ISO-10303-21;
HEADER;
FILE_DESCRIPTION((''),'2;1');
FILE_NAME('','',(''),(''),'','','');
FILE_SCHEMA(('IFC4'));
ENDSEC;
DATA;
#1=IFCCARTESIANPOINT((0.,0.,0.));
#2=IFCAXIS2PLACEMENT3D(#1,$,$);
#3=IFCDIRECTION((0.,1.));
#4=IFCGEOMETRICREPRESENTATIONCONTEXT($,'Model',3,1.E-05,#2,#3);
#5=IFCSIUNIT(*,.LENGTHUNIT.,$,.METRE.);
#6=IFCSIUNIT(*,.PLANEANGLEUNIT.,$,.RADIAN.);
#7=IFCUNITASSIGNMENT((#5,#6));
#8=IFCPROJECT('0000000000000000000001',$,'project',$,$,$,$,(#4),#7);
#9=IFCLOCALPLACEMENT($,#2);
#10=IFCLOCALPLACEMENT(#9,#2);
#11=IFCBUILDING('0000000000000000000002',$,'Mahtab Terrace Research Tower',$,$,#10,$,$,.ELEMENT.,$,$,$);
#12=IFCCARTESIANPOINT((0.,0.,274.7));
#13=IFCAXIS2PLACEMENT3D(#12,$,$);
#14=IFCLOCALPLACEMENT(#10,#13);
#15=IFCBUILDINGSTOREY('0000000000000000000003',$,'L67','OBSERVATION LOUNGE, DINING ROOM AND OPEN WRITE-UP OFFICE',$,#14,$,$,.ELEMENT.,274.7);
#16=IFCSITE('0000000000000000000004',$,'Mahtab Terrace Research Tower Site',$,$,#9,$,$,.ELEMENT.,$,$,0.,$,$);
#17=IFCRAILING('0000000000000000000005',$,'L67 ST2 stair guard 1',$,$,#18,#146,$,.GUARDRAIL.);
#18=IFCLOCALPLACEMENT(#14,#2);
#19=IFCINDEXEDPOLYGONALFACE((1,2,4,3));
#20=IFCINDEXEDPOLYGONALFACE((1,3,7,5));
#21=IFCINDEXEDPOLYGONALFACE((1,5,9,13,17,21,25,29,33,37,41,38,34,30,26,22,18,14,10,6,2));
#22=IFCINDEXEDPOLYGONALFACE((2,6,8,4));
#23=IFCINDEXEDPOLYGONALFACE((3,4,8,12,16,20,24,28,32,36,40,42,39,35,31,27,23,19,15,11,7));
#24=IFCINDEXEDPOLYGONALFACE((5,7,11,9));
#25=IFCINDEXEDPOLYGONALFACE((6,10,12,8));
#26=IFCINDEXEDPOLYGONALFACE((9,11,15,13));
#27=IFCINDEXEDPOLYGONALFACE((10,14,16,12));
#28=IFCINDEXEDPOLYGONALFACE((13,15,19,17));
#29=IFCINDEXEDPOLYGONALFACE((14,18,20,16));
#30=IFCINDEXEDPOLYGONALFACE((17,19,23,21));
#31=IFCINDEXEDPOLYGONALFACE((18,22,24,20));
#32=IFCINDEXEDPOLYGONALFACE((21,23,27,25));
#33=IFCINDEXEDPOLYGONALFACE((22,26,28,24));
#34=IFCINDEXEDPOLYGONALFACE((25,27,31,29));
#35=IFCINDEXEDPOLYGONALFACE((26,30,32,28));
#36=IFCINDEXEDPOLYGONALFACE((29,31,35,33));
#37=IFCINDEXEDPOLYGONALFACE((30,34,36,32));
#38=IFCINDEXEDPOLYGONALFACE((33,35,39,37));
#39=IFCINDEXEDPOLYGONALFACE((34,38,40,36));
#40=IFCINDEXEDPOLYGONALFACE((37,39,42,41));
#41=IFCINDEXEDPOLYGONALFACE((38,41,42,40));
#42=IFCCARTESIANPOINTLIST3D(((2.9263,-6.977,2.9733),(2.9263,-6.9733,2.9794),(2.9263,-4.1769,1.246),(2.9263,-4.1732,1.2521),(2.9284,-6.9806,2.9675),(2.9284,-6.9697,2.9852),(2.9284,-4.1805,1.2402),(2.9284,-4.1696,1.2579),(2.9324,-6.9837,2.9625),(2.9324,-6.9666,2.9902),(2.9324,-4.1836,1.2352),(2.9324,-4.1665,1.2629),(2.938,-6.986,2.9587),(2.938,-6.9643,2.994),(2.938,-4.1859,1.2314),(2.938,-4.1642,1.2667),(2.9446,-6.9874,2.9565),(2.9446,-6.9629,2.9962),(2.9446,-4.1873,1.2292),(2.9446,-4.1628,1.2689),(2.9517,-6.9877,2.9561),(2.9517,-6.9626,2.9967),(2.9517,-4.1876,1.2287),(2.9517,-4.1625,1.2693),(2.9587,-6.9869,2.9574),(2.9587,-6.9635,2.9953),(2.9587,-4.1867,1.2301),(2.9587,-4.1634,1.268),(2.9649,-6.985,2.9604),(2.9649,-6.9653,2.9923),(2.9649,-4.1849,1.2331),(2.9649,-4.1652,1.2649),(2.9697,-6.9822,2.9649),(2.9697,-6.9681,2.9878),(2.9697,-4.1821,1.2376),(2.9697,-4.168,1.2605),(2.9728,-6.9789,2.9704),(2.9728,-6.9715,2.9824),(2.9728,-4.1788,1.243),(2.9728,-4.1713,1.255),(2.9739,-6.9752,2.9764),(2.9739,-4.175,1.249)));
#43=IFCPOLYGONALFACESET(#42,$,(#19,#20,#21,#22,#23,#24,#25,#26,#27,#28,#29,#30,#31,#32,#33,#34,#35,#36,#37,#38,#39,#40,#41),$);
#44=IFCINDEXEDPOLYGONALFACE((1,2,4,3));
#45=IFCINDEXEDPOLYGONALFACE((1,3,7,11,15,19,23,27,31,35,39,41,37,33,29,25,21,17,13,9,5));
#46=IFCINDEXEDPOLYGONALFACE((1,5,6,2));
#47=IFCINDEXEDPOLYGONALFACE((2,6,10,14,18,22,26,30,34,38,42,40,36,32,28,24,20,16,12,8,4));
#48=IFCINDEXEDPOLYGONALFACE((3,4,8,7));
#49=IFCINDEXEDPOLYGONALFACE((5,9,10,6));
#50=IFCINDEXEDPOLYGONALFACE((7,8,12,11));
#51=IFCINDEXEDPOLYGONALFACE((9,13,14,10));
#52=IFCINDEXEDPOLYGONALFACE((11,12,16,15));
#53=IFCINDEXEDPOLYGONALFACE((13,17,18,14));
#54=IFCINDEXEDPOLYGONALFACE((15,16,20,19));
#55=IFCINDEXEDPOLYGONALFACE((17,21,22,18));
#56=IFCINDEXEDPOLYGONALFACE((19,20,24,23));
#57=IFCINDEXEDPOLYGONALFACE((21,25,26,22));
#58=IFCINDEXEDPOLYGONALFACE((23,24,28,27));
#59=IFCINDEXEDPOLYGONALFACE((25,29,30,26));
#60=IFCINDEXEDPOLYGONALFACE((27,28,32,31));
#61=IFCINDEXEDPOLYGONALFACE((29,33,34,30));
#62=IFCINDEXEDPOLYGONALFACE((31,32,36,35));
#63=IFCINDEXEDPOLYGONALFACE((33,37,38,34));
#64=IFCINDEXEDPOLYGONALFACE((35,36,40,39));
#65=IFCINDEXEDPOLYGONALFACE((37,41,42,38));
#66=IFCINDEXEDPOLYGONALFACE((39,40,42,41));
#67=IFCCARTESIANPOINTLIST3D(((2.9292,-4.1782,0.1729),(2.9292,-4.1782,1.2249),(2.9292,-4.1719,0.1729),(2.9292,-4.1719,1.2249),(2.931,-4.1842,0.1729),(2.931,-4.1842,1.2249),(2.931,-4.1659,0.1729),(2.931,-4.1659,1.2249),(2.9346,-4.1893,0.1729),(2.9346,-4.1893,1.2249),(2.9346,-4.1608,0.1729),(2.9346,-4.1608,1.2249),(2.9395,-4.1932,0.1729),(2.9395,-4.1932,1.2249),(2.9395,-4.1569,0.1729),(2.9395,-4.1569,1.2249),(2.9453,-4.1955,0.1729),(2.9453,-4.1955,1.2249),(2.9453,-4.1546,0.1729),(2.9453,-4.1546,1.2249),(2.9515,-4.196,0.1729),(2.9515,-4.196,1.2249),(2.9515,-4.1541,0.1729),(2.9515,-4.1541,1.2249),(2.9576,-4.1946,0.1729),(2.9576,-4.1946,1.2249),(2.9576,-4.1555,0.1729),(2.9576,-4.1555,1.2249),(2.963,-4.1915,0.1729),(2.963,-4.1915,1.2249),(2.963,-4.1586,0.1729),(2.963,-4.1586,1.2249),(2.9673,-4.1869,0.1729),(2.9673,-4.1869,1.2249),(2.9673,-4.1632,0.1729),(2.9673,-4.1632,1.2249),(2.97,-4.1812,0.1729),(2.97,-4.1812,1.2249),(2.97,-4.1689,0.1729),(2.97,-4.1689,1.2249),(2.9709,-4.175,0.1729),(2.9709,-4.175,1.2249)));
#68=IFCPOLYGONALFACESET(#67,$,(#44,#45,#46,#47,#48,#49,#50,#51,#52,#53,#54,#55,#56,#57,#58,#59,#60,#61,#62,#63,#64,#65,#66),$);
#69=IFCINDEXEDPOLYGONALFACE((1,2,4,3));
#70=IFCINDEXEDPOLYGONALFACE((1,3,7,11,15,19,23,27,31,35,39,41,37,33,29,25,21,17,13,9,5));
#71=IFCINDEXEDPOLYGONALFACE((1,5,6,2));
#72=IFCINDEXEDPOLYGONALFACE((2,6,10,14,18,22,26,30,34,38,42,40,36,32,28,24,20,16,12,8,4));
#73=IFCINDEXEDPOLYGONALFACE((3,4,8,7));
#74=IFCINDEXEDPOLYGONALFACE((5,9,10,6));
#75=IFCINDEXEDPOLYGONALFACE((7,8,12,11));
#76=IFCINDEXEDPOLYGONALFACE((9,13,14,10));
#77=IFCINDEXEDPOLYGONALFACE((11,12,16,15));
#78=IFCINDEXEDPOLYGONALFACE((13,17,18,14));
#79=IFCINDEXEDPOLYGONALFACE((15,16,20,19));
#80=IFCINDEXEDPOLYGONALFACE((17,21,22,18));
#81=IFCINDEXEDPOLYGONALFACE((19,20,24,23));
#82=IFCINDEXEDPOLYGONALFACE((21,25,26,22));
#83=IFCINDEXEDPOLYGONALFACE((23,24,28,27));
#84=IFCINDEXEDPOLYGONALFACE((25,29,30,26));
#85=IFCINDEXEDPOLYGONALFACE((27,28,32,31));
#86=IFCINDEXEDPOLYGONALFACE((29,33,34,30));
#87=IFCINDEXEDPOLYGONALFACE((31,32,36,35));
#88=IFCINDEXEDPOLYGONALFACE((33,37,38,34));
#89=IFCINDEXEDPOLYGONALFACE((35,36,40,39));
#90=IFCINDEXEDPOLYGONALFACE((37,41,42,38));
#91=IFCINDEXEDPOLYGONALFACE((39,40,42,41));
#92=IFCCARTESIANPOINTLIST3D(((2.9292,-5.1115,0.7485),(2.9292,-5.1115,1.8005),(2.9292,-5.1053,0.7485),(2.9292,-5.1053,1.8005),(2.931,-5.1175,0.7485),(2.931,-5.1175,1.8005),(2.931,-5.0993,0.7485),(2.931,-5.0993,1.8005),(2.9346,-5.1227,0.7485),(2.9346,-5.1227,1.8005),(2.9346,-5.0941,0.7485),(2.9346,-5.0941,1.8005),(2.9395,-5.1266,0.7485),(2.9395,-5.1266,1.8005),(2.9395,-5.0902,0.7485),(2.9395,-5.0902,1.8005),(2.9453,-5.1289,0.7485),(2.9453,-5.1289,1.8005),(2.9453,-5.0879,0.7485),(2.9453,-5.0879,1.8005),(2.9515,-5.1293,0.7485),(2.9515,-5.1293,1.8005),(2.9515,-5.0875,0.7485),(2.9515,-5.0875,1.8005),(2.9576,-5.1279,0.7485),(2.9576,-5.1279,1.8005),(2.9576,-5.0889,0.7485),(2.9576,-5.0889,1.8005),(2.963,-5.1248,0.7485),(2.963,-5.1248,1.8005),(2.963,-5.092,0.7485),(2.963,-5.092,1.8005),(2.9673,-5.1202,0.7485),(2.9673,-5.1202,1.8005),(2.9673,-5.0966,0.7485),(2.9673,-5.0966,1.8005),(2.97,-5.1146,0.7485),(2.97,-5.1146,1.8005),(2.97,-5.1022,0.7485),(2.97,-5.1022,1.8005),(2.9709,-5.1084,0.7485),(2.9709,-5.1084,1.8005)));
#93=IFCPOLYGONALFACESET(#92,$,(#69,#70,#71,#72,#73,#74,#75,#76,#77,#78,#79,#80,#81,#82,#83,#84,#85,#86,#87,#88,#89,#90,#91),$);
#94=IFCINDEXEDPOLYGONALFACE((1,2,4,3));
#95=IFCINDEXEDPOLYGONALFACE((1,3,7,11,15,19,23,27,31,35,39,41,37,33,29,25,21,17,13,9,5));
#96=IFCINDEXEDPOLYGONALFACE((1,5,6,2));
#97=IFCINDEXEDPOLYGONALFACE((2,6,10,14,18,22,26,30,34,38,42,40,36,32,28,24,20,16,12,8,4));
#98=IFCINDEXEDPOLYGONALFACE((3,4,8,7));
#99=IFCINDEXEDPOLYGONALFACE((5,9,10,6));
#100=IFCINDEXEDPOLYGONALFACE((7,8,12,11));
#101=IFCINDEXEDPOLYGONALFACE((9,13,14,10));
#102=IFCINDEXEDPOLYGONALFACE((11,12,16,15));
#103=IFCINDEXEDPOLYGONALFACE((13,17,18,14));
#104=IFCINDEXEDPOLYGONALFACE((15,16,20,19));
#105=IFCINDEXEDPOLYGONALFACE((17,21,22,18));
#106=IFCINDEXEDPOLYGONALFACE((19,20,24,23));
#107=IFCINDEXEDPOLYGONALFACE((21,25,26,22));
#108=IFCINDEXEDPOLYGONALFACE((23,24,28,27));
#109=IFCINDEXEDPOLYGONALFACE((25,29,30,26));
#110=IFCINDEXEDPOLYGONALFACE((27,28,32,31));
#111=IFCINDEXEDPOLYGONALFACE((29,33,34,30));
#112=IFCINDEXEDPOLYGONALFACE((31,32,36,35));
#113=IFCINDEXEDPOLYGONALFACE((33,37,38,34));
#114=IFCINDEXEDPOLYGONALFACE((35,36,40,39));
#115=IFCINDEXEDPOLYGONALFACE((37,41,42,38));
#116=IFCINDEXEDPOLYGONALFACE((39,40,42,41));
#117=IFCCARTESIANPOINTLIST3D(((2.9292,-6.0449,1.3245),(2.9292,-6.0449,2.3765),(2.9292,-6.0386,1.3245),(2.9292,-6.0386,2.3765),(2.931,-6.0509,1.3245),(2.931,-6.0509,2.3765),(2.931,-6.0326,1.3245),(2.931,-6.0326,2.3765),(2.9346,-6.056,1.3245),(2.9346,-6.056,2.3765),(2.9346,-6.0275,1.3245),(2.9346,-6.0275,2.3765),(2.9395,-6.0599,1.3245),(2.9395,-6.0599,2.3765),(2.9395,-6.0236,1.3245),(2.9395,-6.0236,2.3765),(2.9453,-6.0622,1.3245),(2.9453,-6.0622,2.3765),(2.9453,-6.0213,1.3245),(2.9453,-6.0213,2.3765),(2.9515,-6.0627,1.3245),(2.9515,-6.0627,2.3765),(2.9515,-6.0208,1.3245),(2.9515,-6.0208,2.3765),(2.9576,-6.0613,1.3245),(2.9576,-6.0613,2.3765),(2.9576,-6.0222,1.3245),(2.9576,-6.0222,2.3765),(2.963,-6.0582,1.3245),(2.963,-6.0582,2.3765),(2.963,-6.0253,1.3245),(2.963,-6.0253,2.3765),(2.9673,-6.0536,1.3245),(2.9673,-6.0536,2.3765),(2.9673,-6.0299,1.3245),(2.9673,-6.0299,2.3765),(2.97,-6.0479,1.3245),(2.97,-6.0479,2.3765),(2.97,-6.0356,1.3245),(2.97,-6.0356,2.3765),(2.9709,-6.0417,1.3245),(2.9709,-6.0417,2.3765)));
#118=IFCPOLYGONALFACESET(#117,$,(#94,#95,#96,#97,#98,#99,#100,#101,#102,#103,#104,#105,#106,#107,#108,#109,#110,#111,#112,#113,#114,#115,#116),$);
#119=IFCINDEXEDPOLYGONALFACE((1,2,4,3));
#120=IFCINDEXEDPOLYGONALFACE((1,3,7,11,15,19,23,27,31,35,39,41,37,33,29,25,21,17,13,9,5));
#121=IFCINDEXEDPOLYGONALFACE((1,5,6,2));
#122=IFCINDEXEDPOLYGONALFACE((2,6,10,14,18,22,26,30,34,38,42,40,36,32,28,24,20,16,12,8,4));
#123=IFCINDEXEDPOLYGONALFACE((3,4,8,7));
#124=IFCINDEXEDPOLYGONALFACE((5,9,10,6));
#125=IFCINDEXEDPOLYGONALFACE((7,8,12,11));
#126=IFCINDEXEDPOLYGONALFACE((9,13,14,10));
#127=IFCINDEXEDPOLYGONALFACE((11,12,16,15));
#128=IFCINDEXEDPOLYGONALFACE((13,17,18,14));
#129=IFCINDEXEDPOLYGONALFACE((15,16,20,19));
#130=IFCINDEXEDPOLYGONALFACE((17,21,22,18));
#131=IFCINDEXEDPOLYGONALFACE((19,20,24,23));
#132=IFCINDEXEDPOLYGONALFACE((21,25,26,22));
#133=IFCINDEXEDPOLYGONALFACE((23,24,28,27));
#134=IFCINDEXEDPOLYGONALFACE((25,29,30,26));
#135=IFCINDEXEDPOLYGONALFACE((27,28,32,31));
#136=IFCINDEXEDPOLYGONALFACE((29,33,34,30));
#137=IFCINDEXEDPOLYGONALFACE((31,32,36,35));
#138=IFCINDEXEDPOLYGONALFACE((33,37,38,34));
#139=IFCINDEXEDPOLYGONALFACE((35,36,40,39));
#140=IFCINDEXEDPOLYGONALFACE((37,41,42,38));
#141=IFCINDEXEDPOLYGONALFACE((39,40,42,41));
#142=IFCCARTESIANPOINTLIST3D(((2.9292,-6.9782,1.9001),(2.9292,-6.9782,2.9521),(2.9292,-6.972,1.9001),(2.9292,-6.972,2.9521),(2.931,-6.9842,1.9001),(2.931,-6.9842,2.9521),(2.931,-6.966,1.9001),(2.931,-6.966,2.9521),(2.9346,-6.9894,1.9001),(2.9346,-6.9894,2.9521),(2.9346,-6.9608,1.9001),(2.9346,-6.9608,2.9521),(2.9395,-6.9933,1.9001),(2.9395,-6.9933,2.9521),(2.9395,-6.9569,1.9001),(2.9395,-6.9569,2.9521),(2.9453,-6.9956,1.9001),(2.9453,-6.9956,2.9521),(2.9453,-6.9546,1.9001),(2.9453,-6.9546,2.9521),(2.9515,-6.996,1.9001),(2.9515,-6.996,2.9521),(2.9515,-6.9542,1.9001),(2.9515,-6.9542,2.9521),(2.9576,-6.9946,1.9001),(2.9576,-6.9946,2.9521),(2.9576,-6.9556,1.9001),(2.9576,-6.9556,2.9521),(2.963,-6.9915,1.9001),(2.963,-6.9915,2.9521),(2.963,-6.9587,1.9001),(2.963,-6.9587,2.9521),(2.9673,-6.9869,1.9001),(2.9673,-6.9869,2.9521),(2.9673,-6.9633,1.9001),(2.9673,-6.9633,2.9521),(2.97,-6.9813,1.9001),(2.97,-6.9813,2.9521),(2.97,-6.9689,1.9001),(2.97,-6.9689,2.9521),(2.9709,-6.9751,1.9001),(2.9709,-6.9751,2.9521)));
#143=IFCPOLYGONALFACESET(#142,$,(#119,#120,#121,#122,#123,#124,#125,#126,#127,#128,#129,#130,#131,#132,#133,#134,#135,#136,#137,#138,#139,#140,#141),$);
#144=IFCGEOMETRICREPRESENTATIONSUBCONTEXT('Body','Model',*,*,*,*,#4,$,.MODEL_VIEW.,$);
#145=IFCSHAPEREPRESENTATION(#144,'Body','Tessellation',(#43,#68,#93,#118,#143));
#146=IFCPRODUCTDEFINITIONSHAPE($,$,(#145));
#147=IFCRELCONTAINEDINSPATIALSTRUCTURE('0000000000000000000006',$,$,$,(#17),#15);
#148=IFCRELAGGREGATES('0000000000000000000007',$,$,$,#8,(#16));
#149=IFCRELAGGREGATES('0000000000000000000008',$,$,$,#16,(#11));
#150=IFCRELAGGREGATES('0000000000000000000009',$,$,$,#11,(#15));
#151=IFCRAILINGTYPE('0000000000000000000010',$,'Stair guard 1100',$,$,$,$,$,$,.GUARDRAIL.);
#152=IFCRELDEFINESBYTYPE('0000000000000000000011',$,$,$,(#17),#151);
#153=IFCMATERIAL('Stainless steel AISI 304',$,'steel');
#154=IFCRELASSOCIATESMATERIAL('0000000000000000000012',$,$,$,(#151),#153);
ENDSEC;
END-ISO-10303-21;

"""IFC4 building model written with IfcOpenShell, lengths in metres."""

from ifc_helpers import new_model, si_unit, direction, frame, origin, origin_2d, place, context, subcontext, project, spatial, circle, extrude, material, type_object, element, save


model = new_model("IFC4")

# Units and contexts
model_context = context("Model", 3, precision=1e-05, world=origin(), true_north=direction((0.0, 1.0)))
body_context = subcontext(model_context, "Body", "Model", "MODEL_VIEW")
ifc_project = project(units=[si_unit("LENGTHUNIT", "METRE"), si_unit("PLANEANGLEUNIT", "RADIAN")], contexts=[model_context])

# Site, building, storey
site_placement = place(None, origin())
site = spatial("IfcSite", under=ifc_project, at=site_placement, Name="Mahtab Terrace Research Tower Site", CompositionType="ELEMENT", RefElevation=0.0)
building_placement = place(site_placement, origin())
building = spatial("IfcBuilding", under=site, at=building_placement, Name="Mahtab Terrace Research Tower", CompositionType="ELEMENT")
storey_placement = place(building_placement, frame((0.0, 0.0, 274.7)))
storey = spatial("IfcBuildingStorey", under=building, at=storey_placement, Name="L67", Description="OBSERVATION LOUNGE, DINING ROOM AND OPEN WRITE-UP OFFICE", CompositionType="ELEMENT", Elevation=274.7)

# Railing
ifc_material_1 = material(Name="Stainless steel AISI 304", Category="steel")
railing_type_1 = type_object("IfcRailingType", Name="Stair guard 1100", PredefinedType="GUARDRAIL", material=ifc_material_1)
railing_1_placement = place(storey_placement, frame((2.95, -4.175, 0.1729)))
element("IfcRailing", 1, at=railing_1_placement, inside=storey, type_object=railing_type_1, Name="L67 ST2 stair guard 1", PredefinedType="GUARDRAIL", context=body_context, shape_type="SweptSolid", body=[
    extrude(circle(Radius=0.0239, at=origin_2d()), frame((0.0, 0.0, 1.0762), z_axis=(0.0, -0.85109, 0.52502), x_axis=(1.0, 0.0, 0.0)), (0.0, 0.0, 1.0), 3.29),
    extrude(circle(Radius=0.021, at=origin_2d()), origin(), (0.0, 0.0, 1.0), 1.052),
    extrude(circle(Radius=0.021, at=origin_2d()), frame((0.0, -0.9333, 0.5757)), (0.0, 0.0, 1.0), 1.052),
    extrude(circle(Radius=0.021, at=origin_2d()), frame((0.0, -1.8667, 1.1516)), (0.0, 0.0, 1.0), 1.052),
    extrude(circle(Radius=0.021, at=origin_2d()), frame((0.0, -2.8, 1.7273)), (0.0, 0.0, 1.0), 1.052),
])

save(model, "model.ifc")
